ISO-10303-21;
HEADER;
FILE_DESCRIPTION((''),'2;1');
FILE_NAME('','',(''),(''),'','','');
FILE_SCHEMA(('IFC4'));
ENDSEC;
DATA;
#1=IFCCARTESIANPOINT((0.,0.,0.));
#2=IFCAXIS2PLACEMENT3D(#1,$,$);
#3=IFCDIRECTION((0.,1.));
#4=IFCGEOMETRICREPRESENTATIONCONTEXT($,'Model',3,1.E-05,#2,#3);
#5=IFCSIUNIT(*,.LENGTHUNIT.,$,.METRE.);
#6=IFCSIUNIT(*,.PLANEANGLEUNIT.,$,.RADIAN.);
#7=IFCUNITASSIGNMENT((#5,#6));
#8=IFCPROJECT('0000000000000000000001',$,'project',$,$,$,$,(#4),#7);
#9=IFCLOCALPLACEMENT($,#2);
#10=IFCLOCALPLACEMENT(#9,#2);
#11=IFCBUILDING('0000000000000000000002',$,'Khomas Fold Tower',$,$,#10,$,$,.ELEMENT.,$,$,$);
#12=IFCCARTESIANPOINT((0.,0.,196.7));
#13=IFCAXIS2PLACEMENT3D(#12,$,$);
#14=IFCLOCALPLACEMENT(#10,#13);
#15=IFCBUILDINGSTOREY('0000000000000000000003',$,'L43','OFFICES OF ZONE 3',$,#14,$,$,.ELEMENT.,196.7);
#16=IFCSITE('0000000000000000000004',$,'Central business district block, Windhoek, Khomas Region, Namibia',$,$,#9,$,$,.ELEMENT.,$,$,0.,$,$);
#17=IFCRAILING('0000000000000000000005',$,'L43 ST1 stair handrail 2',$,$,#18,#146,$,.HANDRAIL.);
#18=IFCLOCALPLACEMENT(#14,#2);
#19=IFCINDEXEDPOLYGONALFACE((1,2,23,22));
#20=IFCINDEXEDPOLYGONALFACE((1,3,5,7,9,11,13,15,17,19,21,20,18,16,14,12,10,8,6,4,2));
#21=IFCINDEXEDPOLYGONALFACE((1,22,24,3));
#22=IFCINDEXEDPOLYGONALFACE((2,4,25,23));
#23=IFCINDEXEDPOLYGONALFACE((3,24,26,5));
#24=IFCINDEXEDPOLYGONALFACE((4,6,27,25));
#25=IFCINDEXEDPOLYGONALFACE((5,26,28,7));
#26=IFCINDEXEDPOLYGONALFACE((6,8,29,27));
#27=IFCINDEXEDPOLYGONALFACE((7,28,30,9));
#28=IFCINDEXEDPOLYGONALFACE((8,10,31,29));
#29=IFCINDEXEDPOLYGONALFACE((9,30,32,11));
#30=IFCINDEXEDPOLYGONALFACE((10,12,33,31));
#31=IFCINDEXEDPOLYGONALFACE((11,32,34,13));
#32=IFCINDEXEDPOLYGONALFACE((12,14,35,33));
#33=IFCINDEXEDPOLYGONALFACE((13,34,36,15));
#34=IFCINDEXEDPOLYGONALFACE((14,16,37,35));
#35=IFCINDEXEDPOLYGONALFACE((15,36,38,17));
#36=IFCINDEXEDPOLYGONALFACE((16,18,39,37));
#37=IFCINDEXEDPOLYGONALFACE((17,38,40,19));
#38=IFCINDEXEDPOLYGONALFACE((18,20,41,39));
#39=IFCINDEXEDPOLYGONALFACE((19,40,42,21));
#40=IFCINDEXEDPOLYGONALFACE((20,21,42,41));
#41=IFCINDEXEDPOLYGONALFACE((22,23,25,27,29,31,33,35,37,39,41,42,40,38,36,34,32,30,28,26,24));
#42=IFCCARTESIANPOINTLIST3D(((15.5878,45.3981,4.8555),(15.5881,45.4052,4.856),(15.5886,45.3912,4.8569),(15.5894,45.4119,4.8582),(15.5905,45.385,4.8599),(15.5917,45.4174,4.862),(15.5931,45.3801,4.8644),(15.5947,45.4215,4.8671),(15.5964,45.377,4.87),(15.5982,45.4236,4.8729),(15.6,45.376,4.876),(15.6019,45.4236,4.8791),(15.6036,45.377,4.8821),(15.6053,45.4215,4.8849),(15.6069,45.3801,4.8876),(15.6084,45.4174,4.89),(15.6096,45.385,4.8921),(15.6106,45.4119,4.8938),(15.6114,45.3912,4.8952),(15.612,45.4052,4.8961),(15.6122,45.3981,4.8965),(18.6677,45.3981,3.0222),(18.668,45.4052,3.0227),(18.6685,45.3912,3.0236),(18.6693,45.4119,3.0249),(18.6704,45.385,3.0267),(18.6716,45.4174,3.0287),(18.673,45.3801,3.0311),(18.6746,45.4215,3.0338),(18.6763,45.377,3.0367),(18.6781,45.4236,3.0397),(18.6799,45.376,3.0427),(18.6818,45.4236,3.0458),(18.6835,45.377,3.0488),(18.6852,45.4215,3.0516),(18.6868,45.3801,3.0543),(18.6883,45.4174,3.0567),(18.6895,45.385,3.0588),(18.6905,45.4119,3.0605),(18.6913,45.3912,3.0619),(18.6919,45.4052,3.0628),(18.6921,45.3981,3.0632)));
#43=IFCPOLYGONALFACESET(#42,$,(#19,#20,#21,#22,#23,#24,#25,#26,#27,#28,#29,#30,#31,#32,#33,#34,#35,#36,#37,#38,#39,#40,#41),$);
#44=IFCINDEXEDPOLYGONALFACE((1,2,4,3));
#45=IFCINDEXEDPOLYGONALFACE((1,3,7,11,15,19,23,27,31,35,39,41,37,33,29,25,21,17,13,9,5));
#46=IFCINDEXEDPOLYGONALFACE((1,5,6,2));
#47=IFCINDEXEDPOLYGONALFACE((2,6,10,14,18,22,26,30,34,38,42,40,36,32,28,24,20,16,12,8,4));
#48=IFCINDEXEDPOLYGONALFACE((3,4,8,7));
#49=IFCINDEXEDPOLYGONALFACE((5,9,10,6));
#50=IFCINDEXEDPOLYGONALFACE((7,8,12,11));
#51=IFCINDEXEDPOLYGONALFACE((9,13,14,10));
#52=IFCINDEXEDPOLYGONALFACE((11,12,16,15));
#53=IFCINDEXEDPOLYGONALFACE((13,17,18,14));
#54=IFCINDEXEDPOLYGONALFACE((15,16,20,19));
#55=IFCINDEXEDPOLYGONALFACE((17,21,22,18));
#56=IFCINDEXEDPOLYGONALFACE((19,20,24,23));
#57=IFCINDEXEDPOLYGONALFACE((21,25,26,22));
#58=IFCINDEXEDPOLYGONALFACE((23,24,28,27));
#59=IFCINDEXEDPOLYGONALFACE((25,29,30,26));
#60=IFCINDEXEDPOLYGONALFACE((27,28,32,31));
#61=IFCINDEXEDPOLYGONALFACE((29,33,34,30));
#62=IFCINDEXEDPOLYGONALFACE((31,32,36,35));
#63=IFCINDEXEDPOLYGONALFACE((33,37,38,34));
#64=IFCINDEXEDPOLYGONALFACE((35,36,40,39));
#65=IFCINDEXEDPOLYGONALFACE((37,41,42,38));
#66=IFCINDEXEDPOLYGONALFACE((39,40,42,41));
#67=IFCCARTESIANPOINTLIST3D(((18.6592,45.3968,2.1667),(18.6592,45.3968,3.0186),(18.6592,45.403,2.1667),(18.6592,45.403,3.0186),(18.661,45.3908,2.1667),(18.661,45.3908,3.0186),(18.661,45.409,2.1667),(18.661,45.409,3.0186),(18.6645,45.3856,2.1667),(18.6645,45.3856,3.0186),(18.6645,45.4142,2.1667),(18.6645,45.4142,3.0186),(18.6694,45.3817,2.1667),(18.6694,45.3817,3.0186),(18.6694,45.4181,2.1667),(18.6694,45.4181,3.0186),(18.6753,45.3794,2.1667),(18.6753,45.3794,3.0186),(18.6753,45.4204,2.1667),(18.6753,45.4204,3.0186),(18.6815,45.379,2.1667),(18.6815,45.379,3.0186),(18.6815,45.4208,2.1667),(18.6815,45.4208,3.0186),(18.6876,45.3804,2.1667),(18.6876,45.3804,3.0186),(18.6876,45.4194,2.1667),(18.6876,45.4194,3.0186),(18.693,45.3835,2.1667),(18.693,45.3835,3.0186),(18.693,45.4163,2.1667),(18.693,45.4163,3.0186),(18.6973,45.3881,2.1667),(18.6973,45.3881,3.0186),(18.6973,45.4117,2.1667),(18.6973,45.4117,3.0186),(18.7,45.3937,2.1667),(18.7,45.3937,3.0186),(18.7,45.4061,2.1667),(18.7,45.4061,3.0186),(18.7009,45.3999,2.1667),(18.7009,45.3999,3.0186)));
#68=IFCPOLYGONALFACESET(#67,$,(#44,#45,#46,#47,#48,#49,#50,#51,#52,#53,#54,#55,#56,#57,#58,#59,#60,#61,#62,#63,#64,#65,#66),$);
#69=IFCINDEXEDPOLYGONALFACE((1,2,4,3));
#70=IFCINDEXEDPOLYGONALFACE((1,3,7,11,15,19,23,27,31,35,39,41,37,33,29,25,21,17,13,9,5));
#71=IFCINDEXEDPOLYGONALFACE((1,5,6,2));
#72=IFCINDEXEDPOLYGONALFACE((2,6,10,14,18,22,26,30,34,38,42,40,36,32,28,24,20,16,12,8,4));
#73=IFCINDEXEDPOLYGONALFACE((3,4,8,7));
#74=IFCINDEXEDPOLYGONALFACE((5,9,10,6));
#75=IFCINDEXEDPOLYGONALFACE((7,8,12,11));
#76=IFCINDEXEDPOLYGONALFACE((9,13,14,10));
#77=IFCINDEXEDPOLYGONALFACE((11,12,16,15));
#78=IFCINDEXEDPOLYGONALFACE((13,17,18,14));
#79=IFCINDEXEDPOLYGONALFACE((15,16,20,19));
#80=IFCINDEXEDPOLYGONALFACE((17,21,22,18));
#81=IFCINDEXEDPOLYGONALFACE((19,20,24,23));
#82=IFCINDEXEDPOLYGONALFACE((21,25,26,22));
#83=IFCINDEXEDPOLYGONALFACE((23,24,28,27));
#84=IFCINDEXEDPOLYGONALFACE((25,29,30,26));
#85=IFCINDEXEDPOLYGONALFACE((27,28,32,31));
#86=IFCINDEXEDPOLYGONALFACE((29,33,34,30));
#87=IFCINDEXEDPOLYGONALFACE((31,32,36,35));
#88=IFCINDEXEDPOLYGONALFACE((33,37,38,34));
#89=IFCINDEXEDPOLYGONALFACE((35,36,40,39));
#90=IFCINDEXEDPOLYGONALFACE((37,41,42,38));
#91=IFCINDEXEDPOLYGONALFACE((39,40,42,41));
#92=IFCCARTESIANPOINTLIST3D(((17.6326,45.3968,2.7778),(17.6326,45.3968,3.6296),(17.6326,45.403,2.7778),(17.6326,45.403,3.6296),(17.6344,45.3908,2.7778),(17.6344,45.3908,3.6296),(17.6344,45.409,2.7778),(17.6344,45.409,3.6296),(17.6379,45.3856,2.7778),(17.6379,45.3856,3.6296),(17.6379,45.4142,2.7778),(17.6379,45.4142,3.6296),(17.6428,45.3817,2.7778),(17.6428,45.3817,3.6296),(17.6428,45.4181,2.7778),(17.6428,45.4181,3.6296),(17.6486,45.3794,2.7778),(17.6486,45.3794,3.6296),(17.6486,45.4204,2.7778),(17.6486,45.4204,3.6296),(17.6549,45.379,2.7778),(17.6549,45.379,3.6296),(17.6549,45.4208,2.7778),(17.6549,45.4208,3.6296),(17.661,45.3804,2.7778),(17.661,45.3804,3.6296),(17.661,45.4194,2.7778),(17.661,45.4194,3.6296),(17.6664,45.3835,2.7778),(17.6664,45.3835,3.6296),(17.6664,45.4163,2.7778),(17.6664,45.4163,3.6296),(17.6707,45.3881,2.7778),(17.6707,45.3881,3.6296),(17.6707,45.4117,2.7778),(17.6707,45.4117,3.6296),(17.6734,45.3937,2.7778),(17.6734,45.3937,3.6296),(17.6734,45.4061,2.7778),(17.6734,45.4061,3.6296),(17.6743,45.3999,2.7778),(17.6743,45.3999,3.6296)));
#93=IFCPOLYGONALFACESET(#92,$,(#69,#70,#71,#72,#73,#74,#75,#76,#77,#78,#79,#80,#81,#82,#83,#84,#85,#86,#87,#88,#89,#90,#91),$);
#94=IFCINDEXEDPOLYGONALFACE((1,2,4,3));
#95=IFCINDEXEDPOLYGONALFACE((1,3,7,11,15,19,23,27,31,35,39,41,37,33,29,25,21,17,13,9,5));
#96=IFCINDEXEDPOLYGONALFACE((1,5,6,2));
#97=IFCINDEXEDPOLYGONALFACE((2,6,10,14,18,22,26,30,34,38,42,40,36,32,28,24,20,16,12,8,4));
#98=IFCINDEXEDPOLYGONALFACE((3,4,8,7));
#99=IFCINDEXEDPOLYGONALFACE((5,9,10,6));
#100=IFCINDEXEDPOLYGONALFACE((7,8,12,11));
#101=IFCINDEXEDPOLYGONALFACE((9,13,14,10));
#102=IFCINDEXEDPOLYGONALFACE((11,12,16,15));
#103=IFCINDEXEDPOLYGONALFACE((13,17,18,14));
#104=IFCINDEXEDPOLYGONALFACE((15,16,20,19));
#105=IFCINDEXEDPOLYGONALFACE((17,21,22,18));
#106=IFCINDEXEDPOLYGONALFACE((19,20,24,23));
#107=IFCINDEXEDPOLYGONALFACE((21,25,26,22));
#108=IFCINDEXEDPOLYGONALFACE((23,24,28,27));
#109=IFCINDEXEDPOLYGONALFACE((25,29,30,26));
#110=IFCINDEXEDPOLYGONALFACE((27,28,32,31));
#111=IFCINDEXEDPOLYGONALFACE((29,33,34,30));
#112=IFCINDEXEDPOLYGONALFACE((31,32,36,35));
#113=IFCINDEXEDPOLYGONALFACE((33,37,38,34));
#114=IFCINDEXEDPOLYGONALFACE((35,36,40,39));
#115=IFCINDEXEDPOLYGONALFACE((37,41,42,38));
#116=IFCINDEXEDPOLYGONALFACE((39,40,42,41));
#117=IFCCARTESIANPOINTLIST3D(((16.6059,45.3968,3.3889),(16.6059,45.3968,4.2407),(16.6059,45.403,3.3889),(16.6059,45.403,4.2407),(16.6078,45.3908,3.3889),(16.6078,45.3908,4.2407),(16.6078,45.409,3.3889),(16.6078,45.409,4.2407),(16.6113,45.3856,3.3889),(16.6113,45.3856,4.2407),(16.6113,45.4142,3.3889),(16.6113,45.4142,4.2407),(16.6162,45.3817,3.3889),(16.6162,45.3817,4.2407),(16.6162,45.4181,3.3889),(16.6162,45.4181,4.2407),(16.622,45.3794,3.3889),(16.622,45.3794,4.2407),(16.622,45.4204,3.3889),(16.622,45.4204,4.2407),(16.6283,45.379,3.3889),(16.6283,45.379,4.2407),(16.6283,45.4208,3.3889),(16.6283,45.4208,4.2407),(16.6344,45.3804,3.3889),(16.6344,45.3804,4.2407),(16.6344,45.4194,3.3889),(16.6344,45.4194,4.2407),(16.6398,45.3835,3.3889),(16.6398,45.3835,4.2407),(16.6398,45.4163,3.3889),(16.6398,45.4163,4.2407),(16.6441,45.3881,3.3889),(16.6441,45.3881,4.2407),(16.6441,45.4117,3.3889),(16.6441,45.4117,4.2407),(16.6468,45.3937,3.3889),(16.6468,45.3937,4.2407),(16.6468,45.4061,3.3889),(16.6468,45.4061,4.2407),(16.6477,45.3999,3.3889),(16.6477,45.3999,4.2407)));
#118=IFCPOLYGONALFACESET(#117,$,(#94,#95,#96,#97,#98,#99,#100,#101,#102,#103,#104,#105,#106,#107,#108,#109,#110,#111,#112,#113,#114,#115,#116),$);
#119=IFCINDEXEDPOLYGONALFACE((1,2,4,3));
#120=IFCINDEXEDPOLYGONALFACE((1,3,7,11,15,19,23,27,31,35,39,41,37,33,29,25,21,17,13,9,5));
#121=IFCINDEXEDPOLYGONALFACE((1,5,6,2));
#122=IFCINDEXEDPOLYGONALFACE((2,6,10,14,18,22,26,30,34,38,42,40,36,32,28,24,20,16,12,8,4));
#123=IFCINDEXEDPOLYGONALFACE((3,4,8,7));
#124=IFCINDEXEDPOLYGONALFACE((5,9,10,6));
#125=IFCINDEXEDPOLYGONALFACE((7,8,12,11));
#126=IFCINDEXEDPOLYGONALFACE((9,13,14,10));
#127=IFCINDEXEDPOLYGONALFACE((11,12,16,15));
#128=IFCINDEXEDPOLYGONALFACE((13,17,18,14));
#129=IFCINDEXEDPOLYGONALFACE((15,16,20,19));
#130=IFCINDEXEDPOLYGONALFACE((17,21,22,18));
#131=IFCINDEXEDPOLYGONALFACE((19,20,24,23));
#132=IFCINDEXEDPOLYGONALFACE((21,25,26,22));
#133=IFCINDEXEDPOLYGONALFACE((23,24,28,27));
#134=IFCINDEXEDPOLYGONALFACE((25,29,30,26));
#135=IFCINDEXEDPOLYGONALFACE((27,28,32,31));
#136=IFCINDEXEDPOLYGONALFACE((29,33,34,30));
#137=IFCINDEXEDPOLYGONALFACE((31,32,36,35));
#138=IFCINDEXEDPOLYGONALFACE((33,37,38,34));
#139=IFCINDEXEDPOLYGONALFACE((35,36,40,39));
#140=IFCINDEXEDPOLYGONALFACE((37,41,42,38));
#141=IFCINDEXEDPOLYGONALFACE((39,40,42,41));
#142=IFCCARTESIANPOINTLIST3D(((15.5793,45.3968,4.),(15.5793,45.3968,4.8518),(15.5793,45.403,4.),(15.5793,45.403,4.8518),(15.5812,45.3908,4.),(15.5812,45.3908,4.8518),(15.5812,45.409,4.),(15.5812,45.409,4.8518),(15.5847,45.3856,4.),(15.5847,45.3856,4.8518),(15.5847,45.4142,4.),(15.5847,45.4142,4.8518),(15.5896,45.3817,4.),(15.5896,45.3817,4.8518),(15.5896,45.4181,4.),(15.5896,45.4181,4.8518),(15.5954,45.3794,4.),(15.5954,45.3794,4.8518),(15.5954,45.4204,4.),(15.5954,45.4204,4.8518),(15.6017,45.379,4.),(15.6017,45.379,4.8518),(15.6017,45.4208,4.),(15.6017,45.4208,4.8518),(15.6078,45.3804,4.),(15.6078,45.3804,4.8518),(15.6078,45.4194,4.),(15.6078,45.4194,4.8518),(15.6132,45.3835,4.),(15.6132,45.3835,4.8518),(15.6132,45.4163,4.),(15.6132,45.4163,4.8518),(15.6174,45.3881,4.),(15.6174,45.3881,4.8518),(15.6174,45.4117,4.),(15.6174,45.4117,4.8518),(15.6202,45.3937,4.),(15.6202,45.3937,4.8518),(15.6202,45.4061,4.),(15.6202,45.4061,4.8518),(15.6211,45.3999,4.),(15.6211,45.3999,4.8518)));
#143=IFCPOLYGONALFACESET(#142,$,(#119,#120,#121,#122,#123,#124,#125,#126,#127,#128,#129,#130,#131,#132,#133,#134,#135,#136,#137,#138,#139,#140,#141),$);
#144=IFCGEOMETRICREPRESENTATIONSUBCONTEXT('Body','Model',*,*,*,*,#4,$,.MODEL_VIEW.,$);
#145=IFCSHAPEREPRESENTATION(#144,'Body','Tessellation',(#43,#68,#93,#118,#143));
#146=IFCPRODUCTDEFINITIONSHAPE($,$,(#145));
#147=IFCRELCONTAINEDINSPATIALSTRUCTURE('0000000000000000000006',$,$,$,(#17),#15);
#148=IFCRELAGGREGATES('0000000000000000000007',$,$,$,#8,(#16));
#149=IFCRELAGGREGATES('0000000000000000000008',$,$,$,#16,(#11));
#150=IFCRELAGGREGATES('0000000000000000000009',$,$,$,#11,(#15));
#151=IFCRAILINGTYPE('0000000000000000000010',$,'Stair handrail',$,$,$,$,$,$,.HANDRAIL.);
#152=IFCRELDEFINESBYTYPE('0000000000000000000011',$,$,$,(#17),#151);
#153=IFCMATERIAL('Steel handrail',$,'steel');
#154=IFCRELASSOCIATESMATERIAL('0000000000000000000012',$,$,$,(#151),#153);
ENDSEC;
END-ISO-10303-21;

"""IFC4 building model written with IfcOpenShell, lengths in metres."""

from ifc_helpers import new_model, si_unit, direction, frame, origin, origin_2d, place, context, subcontext, project, spatial, circle, extrude, source, transform, mapped, material, type_object, element, save


model = new_model("IFC4")

# Units and contexts
model_context = context("Model", 3, precision=1e-05, world=origin(), true_north=direction((0.0, 1.0)))
body_context = subcontext(model_context, "Body", "Model", "MODEL_VIEW")
ifc_project = project(units=[si_unit("LENGTHUNIT", "METRE"), si_unit("PLANEANGLEUNIT", "RADIAN")], contexts=[model_context])

# Site, building, storey
site_placement = place(None, origin())
site = spatial("IfcSite", under=ifc_project, at=site_placement, Name="Central business district block, Windhoek, Khomas Region, Namibia", CompositionType="ELEMENT", RefElevation=0.0)
building_placement = place(site_placement, origin())
building = spatial("IfcBuilding", under=site, at=building_placement, Name="Khomas Fold Tower", CompositionType="ELEMENT")
storey_placement = place(building_placement, frame((0.0, 0.0, 196.7)))
storey = spatial("IfcBuildingStorey", under=building, at=storey_placement, Name="L43", Description="OFFICES OF ZONE 3", CompositionType="ELEMENT", Elevation=196.7)

# Railing
ifc_material_1 = material(Name="Steel handrail", Category="steel")
railing_type_1 = type_object("IfcRailingType", Name="Stair handrail", PredefinedType="HANDRAIL", material=ifc_material_1)
shared_shape_1 = source(origin(), body_context, "Body", "SweptSolid", [
    extrude(circle(Radius=0.0239, at=origin_2d()), frame((0.0, 0.0, 0.876), z_axis=(-0.859291, 0.0, 0.511487), x_axis=(0.0, -1.0, 0.0)), (0.0, 0.0, 1.0), 3.5842),
    extrude(circle(Radius=0.021, at=origin_2d()), origin(), (0.0, 0.0, 1.0), 0.8518),
    extrude(circle(Radius=0.021, at=origin_2d()), frame((-1.0266, 0.0, 0.6111)), (0.0, 0.0, 1.0), 0.8518),
    extrude(circle(Radius=0.021, at=origin_2d()), frame((-2.0532, 0.0, 1.2222)), (0.0, 0.0, 1.0), 0.8518),
    extrude(circle(Radius=0.021, at=origin_2d()), frame((-3.0798, 0.0, 1.8333)), (0.0, 0.0, 1.0), 0.8518),
])
railing_1_placement = place(storey_placement, frame((18.6799, 45.3999, 2.1667)))
element("IfcRailing", 1, at=railing_1_placement, inside=storey, type_object=railing_type_1, Name="L43 ST1 stair handrail 2", PredefinedType="HANDRAIL", context=body_context, shape_type="MappedRepresentation", body=[
    mapped(shared_shape_1, transform((0.0, 0.0, 0.0))),
])

save(model, "model.ifc")
